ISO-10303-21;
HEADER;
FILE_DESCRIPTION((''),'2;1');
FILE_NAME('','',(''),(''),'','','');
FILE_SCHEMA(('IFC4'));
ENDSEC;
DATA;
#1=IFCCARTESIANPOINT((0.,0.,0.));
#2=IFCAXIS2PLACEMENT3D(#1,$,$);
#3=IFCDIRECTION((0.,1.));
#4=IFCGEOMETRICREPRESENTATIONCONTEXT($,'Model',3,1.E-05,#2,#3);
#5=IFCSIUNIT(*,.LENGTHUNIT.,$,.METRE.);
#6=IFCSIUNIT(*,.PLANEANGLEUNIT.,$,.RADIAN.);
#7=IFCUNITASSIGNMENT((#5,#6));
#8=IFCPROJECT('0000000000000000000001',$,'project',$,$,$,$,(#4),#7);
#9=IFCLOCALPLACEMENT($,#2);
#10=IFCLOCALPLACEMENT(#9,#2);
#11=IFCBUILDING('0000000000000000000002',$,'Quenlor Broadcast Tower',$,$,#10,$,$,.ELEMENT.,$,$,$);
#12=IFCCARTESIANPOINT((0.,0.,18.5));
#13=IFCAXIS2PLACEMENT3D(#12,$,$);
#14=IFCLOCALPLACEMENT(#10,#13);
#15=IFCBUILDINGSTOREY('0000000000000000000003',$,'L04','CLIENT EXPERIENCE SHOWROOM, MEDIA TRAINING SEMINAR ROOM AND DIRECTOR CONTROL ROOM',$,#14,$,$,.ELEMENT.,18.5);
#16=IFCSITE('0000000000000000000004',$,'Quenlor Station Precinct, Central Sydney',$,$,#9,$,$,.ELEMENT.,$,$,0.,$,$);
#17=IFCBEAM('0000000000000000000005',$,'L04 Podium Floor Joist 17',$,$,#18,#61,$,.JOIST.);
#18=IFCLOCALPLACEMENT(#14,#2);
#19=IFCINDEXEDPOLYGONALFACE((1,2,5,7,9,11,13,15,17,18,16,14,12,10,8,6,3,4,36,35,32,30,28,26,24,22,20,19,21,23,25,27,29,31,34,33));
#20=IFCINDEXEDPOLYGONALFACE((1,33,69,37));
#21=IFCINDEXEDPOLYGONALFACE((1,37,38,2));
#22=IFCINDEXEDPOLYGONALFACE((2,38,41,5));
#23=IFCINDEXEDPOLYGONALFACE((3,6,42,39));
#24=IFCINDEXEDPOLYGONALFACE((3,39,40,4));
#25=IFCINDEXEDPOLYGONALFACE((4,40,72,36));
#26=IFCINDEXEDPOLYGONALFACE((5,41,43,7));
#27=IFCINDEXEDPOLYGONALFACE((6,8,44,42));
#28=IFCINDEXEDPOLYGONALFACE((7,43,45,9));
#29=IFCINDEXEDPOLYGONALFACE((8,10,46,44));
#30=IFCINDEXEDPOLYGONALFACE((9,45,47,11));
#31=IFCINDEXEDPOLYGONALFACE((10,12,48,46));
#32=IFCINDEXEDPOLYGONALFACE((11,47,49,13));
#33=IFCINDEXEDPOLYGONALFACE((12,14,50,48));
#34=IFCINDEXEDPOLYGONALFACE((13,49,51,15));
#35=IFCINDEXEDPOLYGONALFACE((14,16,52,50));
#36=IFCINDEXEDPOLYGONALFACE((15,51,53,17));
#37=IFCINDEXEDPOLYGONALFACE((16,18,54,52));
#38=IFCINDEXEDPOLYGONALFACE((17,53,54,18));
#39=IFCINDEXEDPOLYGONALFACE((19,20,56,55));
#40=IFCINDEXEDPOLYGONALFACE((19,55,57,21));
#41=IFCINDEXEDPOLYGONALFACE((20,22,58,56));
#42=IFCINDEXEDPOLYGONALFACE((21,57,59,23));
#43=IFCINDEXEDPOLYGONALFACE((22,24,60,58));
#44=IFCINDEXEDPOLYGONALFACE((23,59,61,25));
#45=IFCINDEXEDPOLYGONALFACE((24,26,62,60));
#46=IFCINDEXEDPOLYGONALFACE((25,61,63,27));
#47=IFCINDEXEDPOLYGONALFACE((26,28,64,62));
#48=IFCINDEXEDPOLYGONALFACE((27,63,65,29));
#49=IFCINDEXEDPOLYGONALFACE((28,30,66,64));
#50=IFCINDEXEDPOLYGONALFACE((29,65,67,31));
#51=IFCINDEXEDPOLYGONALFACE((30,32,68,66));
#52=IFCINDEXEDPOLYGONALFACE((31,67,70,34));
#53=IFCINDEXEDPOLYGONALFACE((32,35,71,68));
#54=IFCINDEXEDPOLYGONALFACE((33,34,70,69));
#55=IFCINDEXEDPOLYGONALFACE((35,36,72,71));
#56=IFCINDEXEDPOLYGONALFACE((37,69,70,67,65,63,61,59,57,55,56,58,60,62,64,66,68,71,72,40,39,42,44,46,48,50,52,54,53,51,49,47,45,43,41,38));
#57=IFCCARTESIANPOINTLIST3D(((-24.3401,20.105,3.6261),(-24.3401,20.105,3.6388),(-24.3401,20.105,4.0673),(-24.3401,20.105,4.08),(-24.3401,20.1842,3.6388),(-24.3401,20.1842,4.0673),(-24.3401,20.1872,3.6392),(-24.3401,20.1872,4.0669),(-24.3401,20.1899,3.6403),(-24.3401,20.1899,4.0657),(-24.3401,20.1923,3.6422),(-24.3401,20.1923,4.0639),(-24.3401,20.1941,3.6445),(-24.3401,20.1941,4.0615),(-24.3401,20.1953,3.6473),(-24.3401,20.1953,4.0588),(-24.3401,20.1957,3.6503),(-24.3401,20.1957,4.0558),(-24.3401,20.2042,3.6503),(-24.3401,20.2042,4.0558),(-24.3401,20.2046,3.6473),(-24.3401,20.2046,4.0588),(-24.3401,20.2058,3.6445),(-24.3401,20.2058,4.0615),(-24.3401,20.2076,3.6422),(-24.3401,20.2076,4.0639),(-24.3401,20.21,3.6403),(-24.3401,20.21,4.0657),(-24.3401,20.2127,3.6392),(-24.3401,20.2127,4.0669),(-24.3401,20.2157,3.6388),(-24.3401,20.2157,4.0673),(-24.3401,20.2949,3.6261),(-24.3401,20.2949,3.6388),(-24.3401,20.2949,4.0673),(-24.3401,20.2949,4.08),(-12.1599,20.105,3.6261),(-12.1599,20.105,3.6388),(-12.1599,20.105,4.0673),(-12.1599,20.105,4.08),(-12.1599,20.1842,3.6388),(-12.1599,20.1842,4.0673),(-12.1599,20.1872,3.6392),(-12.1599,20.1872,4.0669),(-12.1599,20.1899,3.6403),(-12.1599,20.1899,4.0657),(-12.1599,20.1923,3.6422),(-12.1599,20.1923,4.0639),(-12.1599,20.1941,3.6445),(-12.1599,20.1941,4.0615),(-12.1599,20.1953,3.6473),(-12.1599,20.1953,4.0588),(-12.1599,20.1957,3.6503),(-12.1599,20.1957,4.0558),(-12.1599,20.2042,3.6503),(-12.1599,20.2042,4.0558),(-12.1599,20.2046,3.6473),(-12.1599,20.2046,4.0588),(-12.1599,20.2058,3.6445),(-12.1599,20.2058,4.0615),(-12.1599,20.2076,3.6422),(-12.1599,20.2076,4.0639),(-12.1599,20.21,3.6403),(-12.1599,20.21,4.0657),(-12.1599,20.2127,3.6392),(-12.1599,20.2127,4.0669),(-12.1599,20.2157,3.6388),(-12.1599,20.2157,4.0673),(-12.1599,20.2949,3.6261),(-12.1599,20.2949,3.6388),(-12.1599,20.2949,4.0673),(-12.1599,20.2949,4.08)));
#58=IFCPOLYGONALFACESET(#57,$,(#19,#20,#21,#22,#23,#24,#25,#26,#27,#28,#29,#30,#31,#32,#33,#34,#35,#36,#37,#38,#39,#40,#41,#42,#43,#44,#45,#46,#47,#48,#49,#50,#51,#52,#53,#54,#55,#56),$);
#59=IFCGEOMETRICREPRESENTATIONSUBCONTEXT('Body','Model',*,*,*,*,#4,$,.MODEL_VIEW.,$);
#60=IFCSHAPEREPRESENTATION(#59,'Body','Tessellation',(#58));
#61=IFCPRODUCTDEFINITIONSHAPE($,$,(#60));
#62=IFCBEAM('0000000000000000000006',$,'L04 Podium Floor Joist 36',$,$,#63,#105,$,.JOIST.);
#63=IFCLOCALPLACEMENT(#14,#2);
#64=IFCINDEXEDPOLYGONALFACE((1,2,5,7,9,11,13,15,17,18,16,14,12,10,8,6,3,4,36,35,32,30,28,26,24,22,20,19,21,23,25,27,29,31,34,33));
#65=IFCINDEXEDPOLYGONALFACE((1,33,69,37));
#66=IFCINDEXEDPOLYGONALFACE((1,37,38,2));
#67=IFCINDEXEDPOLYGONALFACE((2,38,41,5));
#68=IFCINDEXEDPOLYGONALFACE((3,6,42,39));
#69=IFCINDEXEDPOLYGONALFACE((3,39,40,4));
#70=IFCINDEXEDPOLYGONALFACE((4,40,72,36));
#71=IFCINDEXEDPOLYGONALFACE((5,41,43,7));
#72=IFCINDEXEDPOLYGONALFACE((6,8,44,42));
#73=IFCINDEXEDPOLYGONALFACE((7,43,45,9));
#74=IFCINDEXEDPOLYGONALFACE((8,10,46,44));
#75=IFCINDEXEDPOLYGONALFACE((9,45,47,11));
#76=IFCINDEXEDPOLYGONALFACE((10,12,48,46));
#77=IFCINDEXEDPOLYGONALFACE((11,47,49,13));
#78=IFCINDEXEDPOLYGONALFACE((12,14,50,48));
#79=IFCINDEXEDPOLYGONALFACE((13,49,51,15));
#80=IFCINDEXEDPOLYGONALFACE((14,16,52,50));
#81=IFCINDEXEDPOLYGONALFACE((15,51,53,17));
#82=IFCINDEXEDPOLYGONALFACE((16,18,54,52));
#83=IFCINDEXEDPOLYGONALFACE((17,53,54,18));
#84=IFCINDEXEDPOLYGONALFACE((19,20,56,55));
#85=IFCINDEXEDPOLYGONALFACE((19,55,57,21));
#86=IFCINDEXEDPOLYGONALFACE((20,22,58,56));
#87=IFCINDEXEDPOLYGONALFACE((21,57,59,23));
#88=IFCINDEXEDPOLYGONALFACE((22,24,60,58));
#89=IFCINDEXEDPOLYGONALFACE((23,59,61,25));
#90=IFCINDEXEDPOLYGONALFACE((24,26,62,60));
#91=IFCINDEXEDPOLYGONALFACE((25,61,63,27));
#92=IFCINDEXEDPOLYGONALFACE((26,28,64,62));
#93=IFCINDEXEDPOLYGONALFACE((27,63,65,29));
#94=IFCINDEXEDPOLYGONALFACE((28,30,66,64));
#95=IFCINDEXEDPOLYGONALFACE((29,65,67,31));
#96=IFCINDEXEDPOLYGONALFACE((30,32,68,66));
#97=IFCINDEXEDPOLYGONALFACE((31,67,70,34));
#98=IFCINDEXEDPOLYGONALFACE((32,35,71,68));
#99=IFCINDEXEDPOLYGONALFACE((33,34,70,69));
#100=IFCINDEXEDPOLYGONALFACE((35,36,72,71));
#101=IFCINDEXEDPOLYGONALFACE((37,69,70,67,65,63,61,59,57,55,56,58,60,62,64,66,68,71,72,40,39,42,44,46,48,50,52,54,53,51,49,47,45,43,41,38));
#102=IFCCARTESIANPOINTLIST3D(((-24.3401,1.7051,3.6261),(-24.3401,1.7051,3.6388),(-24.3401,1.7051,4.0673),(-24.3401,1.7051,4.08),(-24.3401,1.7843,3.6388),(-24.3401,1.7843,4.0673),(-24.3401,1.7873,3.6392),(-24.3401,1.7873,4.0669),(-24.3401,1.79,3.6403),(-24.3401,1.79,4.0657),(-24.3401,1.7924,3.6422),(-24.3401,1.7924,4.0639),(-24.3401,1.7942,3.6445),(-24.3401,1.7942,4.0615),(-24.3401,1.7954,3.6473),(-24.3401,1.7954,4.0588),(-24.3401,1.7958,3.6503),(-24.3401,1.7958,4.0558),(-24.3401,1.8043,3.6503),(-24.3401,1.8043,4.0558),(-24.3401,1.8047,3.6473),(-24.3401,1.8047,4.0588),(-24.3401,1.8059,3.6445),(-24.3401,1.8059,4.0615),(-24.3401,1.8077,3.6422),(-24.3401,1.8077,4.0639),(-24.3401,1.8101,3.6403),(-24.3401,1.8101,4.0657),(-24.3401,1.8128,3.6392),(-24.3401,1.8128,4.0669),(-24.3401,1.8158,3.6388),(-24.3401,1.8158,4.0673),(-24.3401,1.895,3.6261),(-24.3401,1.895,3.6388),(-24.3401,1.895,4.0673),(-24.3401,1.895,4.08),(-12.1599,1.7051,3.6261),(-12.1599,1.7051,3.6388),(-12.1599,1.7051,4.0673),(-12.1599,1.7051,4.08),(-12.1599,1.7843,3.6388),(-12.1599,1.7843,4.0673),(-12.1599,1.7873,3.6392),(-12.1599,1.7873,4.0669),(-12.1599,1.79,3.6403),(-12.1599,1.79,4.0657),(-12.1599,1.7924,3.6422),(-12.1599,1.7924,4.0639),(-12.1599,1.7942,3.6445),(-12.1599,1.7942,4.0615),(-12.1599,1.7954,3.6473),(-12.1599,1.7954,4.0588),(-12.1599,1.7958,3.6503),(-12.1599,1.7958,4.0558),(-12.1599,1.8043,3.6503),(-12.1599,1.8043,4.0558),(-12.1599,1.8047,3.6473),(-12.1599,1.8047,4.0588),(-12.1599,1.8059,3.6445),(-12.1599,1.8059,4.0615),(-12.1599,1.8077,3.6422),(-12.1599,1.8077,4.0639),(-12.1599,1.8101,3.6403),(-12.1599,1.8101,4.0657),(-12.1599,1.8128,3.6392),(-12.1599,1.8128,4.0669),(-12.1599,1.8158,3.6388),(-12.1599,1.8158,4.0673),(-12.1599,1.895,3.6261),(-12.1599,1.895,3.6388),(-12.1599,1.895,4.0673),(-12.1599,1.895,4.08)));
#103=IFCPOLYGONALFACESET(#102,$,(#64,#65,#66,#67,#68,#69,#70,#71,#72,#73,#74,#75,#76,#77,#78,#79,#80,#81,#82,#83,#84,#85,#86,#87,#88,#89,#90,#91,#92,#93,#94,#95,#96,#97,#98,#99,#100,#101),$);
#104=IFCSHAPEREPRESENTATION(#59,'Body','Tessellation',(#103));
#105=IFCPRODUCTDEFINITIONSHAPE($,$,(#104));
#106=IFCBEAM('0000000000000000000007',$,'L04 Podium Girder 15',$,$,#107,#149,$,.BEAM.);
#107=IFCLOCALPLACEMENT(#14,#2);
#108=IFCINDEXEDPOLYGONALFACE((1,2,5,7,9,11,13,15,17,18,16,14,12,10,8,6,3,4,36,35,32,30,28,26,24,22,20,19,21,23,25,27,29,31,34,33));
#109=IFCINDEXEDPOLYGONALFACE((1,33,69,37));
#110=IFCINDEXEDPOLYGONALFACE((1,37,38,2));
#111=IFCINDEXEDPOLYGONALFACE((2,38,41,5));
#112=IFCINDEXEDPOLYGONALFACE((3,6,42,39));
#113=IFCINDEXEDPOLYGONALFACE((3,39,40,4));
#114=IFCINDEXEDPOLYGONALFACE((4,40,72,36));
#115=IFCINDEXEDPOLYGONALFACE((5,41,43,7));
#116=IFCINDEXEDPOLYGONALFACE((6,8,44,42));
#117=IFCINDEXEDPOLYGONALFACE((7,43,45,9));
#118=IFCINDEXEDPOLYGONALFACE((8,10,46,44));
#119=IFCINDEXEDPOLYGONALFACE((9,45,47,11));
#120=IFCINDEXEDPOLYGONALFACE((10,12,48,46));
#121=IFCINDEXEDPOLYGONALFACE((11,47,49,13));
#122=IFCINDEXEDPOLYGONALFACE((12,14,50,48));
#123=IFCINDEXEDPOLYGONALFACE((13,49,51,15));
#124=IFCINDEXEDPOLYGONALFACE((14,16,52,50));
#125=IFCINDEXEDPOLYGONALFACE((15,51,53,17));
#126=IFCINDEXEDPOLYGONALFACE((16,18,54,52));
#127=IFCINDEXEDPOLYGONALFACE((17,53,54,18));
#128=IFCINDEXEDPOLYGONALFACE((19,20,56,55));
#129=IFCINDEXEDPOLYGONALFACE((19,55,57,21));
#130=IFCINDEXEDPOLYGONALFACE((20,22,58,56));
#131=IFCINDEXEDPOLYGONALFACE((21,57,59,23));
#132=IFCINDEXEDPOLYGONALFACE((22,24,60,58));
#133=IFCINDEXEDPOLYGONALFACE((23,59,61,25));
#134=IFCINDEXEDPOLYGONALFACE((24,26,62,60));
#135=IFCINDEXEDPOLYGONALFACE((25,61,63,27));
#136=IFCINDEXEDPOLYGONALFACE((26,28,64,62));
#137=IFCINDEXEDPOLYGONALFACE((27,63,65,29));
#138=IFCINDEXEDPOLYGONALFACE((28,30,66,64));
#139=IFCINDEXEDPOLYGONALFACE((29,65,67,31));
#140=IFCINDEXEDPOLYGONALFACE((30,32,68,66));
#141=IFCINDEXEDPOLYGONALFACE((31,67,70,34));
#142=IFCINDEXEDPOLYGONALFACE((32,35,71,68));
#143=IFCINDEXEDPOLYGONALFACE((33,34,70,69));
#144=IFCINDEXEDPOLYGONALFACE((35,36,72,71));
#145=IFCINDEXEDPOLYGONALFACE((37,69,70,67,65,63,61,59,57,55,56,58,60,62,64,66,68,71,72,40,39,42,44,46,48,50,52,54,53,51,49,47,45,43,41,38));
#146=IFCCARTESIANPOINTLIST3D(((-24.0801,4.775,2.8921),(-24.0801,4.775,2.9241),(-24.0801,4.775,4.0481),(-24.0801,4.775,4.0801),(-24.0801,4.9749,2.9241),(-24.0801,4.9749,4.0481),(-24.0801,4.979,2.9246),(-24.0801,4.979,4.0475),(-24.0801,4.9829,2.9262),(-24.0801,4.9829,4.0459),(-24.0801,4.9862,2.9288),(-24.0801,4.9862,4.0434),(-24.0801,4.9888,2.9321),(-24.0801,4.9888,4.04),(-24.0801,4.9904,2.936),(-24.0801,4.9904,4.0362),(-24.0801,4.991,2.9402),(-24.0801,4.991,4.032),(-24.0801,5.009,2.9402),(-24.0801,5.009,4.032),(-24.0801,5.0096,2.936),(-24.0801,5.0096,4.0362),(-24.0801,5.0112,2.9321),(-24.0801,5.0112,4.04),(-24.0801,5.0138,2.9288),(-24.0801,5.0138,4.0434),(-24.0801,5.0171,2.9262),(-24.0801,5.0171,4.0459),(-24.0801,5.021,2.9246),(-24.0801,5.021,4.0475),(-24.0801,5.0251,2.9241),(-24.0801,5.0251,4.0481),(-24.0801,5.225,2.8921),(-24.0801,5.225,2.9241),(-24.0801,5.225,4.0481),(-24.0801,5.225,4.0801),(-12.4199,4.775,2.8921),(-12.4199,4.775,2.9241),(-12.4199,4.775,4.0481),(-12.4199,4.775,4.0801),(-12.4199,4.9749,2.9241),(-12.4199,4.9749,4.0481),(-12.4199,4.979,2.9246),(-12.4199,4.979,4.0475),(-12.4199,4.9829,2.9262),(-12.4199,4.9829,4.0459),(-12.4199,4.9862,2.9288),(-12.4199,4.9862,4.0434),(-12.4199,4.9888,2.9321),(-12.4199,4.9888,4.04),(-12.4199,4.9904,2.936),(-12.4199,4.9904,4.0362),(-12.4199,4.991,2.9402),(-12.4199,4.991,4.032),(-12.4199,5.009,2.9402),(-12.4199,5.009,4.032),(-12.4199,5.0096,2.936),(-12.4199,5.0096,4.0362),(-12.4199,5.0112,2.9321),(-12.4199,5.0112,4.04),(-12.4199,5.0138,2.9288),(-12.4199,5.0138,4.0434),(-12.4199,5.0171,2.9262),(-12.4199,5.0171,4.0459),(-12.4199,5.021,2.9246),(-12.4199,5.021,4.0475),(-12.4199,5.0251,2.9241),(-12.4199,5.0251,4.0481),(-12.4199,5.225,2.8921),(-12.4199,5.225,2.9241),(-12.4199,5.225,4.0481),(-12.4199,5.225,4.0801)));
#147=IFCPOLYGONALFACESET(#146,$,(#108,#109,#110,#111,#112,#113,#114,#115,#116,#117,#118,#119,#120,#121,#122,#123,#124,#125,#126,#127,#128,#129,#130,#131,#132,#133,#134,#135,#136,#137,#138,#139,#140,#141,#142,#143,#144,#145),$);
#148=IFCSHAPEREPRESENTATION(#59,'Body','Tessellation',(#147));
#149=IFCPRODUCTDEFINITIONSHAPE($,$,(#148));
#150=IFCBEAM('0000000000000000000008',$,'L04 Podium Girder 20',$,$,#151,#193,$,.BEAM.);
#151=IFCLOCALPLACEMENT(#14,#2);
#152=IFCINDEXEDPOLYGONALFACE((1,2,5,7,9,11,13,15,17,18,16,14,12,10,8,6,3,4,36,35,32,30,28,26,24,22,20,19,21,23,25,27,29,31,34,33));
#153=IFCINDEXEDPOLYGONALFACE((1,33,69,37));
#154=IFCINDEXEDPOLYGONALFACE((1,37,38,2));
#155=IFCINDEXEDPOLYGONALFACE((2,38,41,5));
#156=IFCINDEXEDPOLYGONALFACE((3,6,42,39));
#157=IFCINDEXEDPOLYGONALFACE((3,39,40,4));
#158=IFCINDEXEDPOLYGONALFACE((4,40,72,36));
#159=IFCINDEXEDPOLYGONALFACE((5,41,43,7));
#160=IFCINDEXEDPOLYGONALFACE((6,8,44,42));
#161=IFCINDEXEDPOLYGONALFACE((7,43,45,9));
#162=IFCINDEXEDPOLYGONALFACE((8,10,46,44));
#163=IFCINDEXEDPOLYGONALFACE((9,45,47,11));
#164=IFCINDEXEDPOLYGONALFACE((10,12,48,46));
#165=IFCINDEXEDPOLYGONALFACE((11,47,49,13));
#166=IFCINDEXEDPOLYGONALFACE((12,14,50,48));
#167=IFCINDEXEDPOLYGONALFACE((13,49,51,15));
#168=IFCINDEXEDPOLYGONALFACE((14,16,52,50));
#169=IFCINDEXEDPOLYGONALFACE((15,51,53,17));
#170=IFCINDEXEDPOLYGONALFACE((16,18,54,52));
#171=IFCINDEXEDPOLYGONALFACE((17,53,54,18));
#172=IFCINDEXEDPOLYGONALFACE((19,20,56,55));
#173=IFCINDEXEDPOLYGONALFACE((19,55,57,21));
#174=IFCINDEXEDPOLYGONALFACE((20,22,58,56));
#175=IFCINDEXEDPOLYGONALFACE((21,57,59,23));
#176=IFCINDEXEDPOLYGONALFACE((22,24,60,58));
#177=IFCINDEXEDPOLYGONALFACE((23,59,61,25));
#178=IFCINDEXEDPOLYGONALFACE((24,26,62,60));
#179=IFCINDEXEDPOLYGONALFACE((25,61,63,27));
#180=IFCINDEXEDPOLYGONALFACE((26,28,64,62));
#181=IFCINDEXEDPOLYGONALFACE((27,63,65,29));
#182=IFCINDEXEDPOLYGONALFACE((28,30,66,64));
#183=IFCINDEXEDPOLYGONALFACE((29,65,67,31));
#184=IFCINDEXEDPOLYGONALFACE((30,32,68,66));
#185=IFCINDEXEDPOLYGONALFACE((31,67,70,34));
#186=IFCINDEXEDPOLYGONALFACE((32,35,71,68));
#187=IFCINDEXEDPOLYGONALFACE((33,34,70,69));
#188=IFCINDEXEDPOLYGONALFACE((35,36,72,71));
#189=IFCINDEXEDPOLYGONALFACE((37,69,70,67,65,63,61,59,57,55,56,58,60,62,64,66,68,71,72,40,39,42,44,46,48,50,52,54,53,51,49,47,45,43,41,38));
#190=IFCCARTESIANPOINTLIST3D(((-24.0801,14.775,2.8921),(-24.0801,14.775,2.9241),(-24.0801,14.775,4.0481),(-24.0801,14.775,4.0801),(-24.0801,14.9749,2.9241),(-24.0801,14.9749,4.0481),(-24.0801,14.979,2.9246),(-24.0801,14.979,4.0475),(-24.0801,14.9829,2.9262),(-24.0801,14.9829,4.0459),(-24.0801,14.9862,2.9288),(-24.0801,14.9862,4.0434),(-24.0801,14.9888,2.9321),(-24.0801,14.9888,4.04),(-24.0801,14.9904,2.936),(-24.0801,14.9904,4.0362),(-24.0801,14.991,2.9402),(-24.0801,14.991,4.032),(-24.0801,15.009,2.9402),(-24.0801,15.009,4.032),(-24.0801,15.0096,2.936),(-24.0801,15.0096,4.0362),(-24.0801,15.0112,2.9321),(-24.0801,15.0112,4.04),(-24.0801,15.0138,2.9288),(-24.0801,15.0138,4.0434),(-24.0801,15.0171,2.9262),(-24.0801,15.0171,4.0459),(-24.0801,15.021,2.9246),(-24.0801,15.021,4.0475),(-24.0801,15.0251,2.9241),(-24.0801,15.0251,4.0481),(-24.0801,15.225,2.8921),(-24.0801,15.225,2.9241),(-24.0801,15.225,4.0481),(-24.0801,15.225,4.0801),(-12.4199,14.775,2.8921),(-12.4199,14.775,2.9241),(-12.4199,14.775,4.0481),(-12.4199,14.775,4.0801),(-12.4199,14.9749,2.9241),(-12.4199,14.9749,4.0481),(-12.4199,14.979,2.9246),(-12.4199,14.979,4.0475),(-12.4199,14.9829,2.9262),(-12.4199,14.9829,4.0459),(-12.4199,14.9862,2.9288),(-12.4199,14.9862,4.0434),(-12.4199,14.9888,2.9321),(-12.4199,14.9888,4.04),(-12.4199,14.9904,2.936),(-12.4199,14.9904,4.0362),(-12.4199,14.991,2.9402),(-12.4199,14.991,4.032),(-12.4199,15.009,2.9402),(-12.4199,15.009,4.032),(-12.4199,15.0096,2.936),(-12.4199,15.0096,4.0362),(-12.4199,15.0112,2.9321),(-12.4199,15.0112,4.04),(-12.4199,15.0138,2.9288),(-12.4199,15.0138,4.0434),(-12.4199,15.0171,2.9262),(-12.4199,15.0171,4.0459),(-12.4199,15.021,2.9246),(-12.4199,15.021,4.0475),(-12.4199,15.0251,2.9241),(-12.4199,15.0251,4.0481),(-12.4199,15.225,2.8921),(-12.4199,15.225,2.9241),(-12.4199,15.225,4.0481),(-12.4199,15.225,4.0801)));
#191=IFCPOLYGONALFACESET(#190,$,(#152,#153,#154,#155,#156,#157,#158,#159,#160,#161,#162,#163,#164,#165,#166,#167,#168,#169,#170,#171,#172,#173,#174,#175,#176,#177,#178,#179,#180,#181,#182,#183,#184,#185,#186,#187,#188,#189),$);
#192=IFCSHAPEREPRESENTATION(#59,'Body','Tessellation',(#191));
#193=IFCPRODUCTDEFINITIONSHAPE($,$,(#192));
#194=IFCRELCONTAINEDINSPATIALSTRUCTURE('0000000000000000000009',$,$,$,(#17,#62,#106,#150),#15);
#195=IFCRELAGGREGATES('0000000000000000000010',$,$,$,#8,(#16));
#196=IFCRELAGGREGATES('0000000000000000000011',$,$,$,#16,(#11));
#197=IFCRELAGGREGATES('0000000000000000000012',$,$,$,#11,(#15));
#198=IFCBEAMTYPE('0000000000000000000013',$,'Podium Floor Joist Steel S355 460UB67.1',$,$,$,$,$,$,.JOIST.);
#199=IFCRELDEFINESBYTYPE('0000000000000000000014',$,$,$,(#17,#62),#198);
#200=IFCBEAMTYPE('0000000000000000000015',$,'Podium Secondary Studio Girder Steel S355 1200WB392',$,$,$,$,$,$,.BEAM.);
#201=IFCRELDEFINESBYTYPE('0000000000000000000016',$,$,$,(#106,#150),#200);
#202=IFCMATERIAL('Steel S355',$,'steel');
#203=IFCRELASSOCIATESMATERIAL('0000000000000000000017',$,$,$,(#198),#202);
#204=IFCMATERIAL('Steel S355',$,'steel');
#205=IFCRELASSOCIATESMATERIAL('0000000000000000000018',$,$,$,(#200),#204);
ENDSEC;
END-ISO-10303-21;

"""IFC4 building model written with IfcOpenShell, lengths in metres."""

from ifc_helpers import new_model, si_unit, direction, frame, origin, origin_2d, place, context, subcontext, project, spatial, i_section, extrude, material, material_profile, profile_set, type_object, element, save


model = new_model("IFC4")

# Units and contexts
model_context = context("Model", 3, precision=1e-05, world=origin(), true_north=direction((0.0, 1.0)))
body_context = subcontext(model_context, "Body", "Model", "MODEL_VIEW")
ifc_project = project(units=[si_unit("LENGTHUNIT", "METRE"), si_unit("PLANEANGLEUNIT", "RADIAN")], contexts=[model_context])

# Site, building, storey
site_placement = place(None, origin())
site = spatial("IfcSite", under=ifc_project, at=site_placement, Name="Quenlor Station Precinct, Central Sydney", CompositionType="ELEMENT", RefElevation=0.0)
building_placement = place(site_placement, origin())
building = spatial("IfcBuilding", under=site, at=building_placement, Name="Quenlor Broadcast Tower", CompositionType="ELEMENT")
storey_placement = place(building_placement, frame((0.0, 0.0, 18.5)))
storey = spatial("IfcBuildingStorey", under=building, at=storey_placement, Name="L04", Description="CLIENT EXPERIENCE SHOWROOM, MEDIA TRAINING SEMINAR ROOM AND DIRECTOR CONTROL ROOM", CompositionType="ELEMENT", Elevation=18.5)

# Beams
ifc_material_1 = material(Name="Steel S355", Category="steel")
ifc_material_profile_1 = material_profile(ifc_material_1, i_section(OverallWidth=0.1899, OverallDepth=0.4539, WebThickness=0.0085, FlangeThickness=0.0127, FilletRadius=0.0115, at=origin_2d()))
ifc_profile_set_1 = profile_set([ifc_material_profile_1], Name="Steel S355 460UB67.1")
beam_type_1 = type_object("IfcBeamType", Name="Podium Floor Joist Steel S355 460UB67.1", PredefinedType="JOIST", material=ifc_profile_set_1)
for number, where, z_axis, x_axis, name in (
    (1, (-24.3401, 20.2, 3.853), (1.0, 0.0, 0.0), (0.0, 1.0, 0.0), "L04 Podium Floor Joist 17"),
    (2, (-24.3401, 1.8, 3.853), (1.0, 0.0, 0.0), (0.0, 1.0, 0.0), "L04 Podium Floor Joist 36"),
):
    element("IfcBeam", number, at=place(storey_placement, frame(where, z_axis=z_axis, x_axis=x_axis)), inside=storey, type_object=beam_type_1, Name=name, PredefinedType="JOIST", context=body_context, shape_type="SweptSolid", body=[
        extrude(i_section(OverallWidth=0.1899, OverallDepth=0.4539, WebThickness=0.0085, FlangeThickness=0.0127, FilletRadius=0.0115, at=origin_2d()), origin(), (0.0, 0.0, 1.0), 12.1802),
    ])
ifc_material_2 = material(Name="Steel S355", Category="steel")
ifc_material_profile_2 = material_profile(ifc_material_2, i_section(OverallWidth=0.45, OverallDepth=1.188, WebThickness=0.0181, FlangeThickness=0.032, FilletRadius=0.0161, at=origin_2d()))
ifc_profile_set_2 = profile_set([ifc_material_profile_2], Name="Steel S355 1200WB392")
beam_type_2 = type_object("IfcBeamType", Name="Podium Secondary Studio Girder Steel S355 1200WB392", PredefinedType="BEAM", material=ifc_profile_set_2)
for number, where, z_axis, x_axis, name in (
    (3, (-24.0801, 5.0, 3.4861), (1.0, 0.0, 0.0), (0.0, 1.0, 0.0), "L04 Podium Girder 15"),
    (4, (-24.0801, 15.0, 3.4861), (1.0, 0.0, 0.0), (0.0, 1.0, 0.0), "L04 Podium Girder 20"),
):
    element("IfcBeam", number, at=place(storey_placement, frame(where, z_axis=z_axis, x_axis=x_axis)), inside=storey, type_object=beam_type_2, Name=name, PredefinedType="BEAM", context=body_context, shape_type="SweptSolid", body=[
        extrude(i_section(OverallWidth=0.45, OverallDepth=1.188, WebThickness=0.0181, FlangeThickness=0.032, FilletRadius=0.0161, at=origin_2d()), origin(), (0.0, 0.0, 1.0), 11.6602),
    ])

save(model, "model.ifc")
